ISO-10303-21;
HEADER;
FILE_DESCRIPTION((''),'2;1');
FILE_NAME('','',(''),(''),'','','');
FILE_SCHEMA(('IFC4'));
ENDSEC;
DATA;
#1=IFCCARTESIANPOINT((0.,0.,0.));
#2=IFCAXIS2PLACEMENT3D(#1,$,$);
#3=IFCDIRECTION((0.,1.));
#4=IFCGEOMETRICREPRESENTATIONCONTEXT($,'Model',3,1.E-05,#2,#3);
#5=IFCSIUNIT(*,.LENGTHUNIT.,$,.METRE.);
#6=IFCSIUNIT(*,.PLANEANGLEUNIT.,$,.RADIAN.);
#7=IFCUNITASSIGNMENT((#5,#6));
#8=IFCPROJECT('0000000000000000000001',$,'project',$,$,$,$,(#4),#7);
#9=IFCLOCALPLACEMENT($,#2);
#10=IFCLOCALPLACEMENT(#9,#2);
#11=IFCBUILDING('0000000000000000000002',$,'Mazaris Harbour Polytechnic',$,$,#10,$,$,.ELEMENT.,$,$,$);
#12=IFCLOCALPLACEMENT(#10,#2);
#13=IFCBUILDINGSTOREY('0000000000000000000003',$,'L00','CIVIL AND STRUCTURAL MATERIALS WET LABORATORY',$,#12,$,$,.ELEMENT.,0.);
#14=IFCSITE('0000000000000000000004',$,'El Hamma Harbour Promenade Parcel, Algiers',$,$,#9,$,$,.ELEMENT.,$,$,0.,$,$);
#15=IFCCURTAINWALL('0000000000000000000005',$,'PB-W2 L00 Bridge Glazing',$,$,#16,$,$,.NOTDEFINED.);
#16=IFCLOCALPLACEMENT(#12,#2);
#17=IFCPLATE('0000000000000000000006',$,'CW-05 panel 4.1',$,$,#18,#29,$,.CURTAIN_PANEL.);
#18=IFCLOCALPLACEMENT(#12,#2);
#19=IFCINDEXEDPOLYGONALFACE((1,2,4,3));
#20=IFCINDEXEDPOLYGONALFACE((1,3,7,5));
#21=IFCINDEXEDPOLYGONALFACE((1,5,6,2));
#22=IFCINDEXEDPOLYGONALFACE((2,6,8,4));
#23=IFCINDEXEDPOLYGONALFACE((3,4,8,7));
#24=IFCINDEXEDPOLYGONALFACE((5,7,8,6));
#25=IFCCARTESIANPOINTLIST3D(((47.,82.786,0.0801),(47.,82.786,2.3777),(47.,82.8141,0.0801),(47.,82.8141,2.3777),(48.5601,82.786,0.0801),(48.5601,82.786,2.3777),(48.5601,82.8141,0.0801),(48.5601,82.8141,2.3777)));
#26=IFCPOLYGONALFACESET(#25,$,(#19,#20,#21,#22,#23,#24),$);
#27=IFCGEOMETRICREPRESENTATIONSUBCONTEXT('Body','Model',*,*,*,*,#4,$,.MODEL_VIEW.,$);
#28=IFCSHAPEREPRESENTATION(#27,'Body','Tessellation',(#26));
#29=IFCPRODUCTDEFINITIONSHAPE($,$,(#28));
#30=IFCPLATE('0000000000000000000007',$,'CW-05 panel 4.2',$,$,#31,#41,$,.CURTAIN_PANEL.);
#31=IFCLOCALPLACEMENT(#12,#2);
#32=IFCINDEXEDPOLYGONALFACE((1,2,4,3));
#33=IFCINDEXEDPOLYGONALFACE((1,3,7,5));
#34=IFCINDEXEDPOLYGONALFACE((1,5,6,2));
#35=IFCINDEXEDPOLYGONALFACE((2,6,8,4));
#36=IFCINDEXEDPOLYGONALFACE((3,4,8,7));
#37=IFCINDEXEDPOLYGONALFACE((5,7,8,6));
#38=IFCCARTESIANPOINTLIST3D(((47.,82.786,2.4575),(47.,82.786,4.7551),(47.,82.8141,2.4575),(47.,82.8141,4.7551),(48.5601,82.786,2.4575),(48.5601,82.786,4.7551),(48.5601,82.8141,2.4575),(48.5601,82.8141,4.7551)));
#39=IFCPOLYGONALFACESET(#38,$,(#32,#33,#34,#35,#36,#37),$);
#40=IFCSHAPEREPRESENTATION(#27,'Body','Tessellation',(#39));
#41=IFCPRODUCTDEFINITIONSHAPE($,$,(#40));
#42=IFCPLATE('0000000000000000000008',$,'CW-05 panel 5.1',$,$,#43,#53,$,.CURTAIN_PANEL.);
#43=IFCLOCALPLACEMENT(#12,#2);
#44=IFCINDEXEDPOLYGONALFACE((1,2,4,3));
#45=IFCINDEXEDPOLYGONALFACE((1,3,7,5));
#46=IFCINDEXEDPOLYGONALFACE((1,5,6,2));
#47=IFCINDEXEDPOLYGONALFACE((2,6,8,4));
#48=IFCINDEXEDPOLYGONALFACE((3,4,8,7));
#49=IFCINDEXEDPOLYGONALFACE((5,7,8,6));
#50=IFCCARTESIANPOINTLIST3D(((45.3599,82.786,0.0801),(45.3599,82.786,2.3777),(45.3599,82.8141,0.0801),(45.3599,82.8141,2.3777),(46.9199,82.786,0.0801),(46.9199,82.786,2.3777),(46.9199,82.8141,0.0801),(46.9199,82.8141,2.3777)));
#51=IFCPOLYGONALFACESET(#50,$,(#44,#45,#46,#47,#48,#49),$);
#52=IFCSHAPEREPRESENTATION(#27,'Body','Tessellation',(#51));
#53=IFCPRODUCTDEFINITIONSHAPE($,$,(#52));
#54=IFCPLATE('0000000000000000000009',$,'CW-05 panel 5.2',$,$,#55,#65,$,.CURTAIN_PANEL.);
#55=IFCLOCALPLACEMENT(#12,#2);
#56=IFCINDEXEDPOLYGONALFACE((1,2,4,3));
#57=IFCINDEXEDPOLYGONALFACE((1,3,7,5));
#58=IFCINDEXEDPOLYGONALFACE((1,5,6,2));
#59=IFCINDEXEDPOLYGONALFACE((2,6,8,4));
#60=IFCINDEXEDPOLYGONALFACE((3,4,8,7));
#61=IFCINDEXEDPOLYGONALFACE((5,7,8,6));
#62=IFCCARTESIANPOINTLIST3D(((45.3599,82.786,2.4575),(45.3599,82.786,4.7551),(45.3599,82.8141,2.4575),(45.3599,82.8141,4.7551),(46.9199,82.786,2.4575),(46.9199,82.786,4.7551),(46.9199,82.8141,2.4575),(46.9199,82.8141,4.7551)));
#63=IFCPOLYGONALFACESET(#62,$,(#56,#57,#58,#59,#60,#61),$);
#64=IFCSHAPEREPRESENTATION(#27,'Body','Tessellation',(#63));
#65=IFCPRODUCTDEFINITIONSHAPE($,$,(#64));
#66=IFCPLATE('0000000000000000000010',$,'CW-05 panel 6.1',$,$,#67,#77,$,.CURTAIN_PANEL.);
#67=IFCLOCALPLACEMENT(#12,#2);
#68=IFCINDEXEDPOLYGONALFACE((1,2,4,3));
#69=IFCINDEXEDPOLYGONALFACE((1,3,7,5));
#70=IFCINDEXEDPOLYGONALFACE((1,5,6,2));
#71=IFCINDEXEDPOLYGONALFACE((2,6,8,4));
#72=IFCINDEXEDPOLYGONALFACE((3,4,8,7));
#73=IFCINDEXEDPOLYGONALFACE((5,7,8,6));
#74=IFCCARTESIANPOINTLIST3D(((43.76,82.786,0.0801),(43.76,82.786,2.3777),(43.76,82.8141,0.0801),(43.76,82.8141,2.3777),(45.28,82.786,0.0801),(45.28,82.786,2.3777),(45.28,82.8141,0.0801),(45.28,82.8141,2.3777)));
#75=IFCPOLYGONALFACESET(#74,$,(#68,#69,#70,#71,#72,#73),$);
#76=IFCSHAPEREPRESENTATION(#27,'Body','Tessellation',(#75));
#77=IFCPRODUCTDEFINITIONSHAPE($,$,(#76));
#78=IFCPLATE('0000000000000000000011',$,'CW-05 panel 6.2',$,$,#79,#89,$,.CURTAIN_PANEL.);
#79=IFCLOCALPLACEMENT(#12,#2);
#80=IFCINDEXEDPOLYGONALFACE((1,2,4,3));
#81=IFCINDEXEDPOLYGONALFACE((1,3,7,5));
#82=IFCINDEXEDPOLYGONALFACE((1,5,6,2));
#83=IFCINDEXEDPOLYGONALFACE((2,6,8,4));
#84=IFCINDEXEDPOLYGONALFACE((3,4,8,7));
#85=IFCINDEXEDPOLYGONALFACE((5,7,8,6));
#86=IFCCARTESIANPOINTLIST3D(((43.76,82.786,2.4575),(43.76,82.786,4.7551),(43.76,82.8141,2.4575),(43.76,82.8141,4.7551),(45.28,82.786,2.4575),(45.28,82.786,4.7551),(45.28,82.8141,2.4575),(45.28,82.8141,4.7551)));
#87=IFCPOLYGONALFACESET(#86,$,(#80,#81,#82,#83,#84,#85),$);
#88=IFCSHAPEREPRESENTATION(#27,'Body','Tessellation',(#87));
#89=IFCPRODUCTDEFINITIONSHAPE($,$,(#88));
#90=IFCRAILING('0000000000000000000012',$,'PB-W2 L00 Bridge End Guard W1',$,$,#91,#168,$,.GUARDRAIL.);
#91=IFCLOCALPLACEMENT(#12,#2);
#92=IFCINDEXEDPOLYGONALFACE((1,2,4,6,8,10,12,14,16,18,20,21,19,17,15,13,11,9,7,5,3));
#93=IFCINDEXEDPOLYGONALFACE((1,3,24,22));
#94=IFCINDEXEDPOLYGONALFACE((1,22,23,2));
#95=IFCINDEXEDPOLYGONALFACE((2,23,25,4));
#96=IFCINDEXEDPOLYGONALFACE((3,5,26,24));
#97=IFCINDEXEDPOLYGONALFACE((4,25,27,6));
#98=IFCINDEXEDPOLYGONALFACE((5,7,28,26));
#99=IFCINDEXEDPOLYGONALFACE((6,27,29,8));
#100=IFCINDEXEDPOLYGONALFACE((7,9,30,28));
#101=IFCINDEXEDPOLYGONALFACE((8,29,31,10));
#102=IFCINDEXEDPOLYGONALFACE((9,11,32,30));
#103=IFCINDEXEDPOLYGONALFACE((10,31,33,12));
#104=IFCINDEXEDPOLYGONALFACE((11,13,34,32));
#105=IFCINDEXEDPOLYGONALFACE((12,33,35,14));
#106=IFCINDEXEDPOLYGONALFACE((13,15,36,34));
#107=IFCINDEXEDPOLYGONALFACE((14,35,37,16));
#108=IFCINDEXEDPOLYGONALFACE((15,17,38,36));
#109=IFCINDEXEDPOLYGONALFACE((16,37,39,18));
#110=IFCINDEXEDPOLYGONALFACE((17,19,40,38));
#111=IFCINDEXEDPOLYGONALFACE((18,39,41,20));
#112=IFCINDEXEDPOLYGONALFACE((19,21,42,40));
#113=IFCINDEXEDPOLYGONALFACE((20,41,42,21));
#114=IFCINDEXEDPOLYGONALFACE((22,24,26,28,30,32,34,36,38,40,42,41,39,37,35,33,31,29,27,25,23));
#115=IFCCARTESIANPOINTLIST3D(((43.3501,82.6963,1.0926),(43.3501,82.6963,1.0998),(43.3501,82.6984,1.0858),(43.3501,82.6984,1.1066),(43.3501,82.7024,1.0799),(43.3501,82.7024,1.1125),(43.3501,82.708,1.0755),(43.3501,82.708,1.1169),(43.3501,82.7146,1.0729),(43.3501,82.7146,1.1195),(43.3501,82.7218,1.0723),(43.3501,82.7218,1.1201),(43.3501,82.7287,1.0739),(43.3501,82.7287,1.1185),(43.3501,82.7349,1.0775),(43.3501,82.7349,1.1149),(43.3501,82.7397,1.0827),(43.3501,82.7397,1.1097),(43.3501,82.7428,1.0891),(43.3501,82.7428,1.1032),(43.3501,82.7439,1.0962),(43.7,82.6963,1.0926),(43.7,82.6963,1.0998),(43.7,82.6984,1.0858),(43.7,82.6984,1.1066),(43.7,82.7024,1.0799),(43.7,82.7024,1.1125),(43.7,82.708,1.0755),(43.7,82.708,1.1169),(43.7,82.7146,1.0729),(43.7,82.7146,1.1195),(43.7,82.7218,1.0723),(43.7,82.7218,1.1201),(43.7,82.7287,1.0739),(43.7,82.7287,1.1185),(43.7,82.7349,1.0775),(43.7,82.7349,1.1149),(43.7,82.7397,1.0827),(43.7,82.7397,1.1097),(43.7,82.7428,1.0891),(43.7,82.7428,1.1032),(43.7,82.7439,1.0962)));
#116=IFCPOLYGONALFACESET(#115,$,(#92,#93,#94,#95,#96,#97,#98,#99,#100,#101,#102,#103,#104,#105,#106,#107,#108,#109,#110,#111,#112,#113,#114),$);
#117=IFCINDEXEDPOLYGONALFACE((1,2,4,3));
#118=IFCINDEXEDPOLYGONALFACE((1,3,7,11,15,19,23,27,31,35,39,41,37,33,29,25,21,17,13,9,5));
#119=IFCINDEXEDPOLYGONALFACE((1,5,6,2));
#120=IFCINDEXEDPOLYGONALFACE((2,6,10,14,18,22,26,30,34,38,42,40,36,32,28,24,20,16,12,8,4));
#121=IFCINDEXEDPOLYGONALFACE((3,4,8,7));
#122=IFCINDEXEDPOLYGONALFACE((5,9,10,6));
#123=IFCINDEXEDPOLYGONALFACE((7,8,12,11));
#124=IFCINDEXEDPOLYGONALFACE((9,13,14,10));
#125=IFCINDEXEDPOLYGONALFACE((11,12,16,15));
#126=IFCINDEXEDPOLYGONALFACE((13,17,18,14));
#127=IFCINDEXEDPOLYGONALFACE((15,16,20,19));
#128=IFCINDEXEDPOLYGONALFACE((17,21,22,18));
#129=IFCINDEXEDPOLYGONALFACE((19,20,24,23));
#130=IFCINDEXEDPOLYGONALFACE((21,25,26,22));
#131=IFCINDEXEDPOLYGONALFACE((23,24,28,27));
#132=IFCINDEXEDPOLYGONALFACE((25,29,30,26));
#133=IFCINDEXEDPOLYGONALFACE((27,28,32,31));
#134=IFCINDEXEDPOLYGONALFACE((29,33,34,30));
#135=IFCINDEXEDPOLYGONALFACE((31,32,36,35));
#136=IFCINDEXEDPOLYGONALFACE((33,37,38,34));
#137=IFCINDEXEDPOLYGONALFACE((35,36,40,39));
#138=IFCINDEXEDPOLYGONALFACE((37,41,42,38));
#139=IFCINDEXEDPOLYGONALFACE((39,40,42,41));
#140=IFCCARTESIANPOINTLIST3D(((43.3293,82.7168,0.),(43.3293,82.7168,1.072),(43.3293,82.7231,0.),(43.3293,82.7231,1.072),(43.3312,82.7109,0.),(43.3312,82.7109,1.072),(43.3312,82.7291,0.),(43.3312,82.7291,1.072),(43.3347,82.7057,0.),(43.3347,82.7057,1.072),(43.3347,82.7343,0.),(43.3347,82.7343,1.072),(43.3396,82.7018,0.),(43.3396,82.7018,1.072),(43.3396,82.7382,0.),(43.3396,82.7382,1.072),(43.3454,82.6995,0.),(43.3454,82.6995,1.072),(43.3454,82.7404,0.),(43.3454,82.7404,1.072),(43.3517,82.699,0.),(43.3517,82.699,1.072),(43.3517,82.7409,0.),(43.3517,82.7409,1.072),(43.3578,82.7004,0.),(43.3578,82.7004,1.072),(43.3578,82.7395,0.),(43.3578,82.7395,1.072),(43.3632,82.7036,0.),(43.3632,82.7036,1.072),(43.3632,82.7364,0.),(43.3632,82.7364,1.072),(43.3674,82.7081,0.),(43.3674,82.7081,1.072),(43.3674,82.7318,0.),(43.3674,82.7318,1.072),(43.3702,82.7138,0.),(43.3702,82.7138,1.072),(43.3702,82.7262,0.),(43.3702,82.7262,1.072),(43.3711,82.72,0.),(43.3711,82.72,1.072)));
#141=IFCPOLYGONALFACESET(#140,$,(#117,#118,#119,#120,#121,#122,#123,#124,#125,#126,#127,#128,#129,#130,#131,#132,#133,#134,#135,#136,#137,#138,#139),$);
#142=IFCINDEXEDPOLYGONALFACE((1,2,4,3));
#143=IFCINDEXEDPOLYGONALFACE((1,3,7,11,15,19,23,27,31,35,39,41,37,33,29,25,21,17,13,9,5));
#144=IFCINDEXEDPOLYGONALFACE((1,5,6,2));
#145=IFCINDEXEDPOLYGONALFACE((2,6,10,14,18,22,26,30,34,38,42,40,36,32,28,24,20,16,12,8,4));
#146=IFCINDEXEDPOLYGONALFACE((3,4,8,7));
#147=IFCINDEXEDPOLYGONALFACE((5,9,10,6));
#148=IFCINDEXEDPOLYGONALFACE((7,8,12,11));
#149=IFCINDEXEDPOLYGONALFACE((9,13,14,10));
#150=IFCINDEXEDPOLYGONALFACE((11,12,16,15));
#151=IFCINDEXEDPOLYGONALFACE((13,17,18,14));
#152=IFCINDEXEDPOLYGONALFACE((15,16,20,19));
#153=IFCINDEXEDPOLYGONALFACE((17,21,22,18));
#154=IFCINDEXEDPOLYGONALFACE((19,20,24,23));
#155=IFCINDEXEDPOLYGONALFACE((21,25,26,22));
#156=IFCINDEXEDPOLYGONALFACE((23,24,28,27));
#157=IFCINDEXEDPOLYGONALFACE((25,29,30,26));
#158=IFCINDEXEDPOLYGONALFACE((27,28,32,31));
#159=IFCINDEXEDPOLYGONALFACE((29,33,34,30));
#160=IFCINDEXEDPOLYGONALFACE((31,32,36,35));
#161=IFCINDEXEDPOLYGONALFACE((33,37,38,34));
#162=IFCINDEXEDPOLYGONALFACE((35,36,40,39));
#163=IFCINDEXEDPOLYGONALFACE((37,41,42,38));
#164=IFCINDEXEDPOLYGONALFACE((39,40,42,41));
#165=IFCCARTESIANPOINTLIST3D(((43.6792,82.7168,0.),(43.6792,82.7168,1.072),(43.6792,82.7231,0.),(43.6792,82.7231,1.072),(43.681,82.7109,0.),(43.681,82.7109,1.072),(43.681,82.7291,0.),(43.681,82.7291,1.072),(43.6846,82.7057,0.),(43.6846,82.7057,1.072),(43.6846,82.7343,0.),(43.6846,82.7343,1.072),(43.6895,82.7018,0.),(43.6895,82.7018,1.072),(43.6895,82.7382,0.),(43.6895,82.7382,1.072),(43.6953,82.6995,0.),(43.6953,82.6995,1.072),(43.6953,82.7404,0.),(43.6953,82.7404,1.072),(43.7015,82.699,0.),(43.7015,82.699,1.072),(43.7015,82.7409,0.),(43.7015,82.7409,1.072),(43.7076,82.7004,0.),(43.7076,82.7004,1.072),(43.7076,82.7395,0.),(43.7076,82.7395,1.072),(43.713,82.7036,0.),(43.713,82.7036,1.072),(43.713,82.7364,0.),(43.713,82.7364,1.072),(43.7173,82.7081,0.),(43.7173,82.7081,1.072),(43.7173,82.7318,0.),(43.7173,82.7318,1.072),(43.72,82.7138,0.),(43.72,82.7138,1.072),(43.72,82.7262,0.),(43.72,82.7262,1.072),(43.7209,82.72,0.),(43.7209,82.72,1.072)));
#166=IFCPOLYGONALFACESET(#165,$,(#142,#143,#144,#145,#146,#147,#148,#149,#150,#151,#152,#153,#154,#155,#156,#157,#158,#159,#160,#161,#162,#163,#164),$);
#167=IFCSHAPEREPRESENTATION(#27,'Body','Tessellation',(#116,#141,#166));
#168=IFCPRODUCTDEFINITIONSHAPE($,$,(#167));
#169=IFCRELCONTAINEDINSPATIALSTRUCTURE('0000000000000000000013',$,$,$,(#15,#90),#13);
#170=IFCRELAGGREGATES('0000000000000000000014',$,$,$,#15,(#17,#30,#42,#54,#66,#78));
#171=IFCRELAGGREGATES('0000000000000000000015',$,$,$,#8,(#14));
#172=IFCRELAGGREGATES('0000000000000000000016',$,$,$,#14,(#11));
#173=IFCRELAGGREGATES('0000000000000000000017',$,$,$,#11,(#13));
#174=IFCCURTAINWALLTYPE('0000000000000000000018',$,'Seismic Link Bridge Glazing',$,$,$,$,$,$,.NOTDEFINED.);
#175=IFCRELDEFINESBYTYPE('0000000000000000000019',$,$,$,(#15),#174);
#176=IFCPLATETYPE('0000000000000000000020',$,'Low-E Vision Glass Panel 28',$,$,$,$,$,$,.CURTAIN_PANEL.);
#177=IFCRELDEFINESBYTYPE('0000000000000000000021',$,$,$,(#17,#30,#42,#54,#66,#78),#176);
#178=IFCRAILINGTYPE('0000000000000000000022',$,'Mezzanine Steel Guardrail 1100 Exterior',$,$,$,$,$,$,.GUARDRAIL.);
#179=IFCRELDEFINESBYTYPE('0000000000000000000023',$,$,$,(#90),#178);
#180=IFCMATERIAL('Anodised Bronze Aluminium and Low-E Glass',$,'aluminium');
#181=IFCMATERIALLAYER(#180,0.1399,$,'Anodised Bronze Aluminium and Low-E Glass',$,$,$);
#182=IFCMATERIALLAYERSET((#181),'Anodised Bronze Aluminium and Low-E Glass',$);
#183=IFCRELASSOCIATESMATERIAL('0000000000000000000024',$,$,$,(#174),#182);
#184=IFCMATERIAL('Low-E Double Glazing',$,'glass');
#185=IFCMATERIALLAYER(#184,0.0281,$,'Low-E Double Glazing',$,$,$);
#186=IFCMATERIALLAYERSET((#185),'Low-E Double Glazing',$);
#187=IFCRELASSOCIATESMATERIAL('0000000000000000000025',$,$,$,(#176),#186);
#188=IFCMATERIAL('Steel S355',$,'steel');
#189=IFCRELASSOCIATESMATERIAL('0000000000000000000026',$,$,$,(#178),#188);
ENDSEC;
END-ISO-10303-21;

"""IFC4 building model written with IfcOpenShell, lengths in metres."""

from ifc_helpers import new_model, si_unit, direction, frame, origin, origin_2d, place, context, subcontext, project, spatial, rectangle, circle, extrude, material, layer, layer_set, type_object, element, aggregate, save


model = new_model("IFC4")

# Units and contexts
model_context = context("Model", 3, precision=1e-05, world=origin(), true_north=direction((0.0, 1.0)))
body_context = subcontext(model_context, "Body", "Model", "MODEL_VIEW")
ifc_project = project(units=[si_unit("LENGTHUNIT", "METRE"), si_unit("PLANEANGLEUNIT", "RADIAN")], contexts=[model_context])

# Site, building, storey
site_placement = place(None, origin())
site = spatial("IfcSite", under=ifc_project, at=site_placement, Name="El Hamma Harbour Promenade Parcel, Algiers", CompositionType="ELEMENT", RefElevation=0.0)
building_placement = place(site_placement, origin())
building = spatial("IfcBuilding", under=site, at=building_placement, Name="Mazaris Harbour Polytechnic", CompositionType="ELEMENT")
storey_placement = place(building_placement, origin())
storey = spatial("IfcBuildingStorey", under=building, at=storey_placement, Name="L00", Description="CIVIL AND STRUCTURAL MATERIALS WET LABORATORY", CompositionType="ELEMENT", Elevation=0.0)

# Curtain wall
ifc_material_1 = material(Name="Anodised Bronze Aluminium and Low-E Glass", Category="aluminium")
ifc_layer_1 = layer(ifc_material_1, 0.1399, Name="Anodised Bronze Aluminium and Low-E Glass")
ifc_layer_set_1 = layer_set([ifc_layer_1], Name="Anodised Bronze Aluminium and Low-E Glass")
curtain_wall_type = type_object("IfcCurtainWallType", Name="Seismic Link Bridge Glazing", PredefinedType="NOTDEFINED", material=ifc_layer_set_1)
curtain_wall_placement = place(storey_placement, origin())
curtain_wall = element("IfcCurtainWall", 1, at=curtain_wall_placement, inside=storey, type_object=curtain_wall_type, Name="PB-W2 L00 Bridge Glazing", PredefinedType="NOTDEFINED")

# Plates
ifc_material_2 = material(Name="Low-E Double Glazing", Category="glass")
ifc_layer_2 = layer(ifc_material_2, 0.0281, Name="Low-E Double Glazing")
ifc_layer_set_2 = layer_set([ifc_layer_2], Name="Low-E Double Glazing")
plate_type = type_object("IfcPlateType", Name="Low-E Vision Glass Panel 28", PredefinedType="CURTAIN_PANEL", material=ifc_layer_set_2)
plate_1_placement = place(storey_placement, frame((47.78, 82.8, 0.0801), z_axis=(0.0, 0.0, 1.0), x_axis=(-1.0, 0.0, 0.0)))
plate_1 = element("IfcPlate", 2, at=plate_1_placement, type_object=plate_type, Name="CW-05 panel 4.1", PredefinedType="CURTAIN_PANEL", context=body_context, shape_type="SweptSolid", body=[
    extrude(rectangle(XDim=1.5601, YDim=0.0281, at=origin_2d()), origin(), (0.0, 0.0, 1.0), 2.2976),
])
plate_2_placement = place(storey_placement, frame((47.78, 82.8, 2.4575), z_axis=(0.0, 0.0, 1.0), x_axis=(-1.0, 0.0, 0.0)))
plate_2 = element("IfcPlate", 3, at=plate_2_placement, type_object=plate_type, Name="CW-05 panel 4.2", PredefinedType="CURTAIN_PANEL", context=body_context, shape_type="SweptSolid", body=[
    extrude(rectangle(XDim=1.5601, YDim=0.0281, at=origin_2d()), origin(), (0.0, 0.0, 1.0), 2.2976),
])
plate_3_placement = place(storey_placement, frame((46.1399, 82.8, 0.0801), z_axis=(0.0, 0.0, 1.0), x_axis=(-1.0, 0.0, 0.0)))
plate_3 = element("IfcPlate", 4, at=plate_3_placement, type_object=plate_type, Name="CW-05 panel 5.1", PredefinedType="CURTAIN_PANEL", context=body_context, shape_type="SweptSolid", body=[
    extrude(rectangle(XDim=1.5601, YDim=0.0281, at=origin_2d()), origin(), (0.0, 0.0, 1.0), 2.2976),
])
plate_4_placement = place(storey_placement, frame((46.1399, 82.8, 2.4575), z_axis=(0.0, 0.0, 1.0), x_axis=(-1.0, 0.0, 0.0)))
plate_4 = element("IfcPlate", 5, at=plate_4_placement, type_object=plate_type, Name="CW-05 panel 5.2", PredefinedType="CURTAIN_PANEL", context=body_context, shape_type="SweptSolid", body=[
    extrude(rectangle(XDim=1.5601, YDim=0.0281, at=origin_2d()), origin(), (0.0, 0.0, 1.0), 2.2976),
])
plate_5_placement = place(storey_placement, frame((44.52, 82.8, 0.0801), z_axis=(0.0, 0.0, 1.0), x_axis=(-1.0, 0.0, 0.0)))
plate_5 = element("IfcPlate", 6, at=plate_5_placement, type_object=plate_type, Name="CW-05 panel 6.1", PredefinedType="CURTAIN_PANEL", context=body_context, shape_type="SweptSolid", body=[
    extrude(rectangle(XDim=1.52, YDim=0.0281, at=origin_2d()), origin(), (0.0, 0.0, 1.0), 2.2976),
])
plate_6_placement = place(storey_placement, frame((44.52, 82.8, 2.4575), z_axis=(0.0, 0.0, 1.0), x_axis=(-1.0, 0.0, 0.0)))
plate_6 = element("IfcPlate", 7, at=plate_6_placement, type_object=plate_type, Name="CW-05 panel 6.2", PredefinedType="CURTAIN_PANEL", context=body_context, shape_type="SweptSolid", body=[
    extrude(rectangle(XDim=1.52, YDim=0.0281, at=origin_2d()), origin(), (0.0, 0.0, 1.0), 2.2976),
])
aggregate(curtain_wall, [plate_1, plate_2, plate_3, plate_4, plate_5, plate_6])

# Railing
ifc_material_3 = material(Name="Steel S355", Category="steel")
railing_type = type_object("IfcRailingType", Name="Mezzanine Steel Guardrail 1100 Exterior", PredefinedType="GUARDRAIL", material=ifc_material_3)
railing_placement = place(storey_placement, frame((43.3501, 82.72, 0.0)))
element("IfcRailing", 8, at=railing_placement, inside=storey, type_object=railing_type, Name="PB-W2 L00 Bridge End Guard W1", PredefinedType="GUARDRAIL", context=body_context, shape_type="SweptSolid", body=[
    extrude(circle(Radius=0.0239, at=origin_2d()), frame((0.0, 0.0, 1.0962), z_axis=(1.0, 0.0, 0.0), x_axis=(0.0, 1.0, 0.0)), (0.0, 0.0, 1.0), 0.3499),
    extrude(circle(Radius=0.021, at=origin_2d()), origin(), (0.0, 0.0, 1.0), 1.072),
    extrude(circle(Radius=0.021, at=origin_2d()), frame((0.3499, 0.0, 0.0)), (0.0, 0.0, 1.0), 1.072),
])

save(model, "model.ifc")
